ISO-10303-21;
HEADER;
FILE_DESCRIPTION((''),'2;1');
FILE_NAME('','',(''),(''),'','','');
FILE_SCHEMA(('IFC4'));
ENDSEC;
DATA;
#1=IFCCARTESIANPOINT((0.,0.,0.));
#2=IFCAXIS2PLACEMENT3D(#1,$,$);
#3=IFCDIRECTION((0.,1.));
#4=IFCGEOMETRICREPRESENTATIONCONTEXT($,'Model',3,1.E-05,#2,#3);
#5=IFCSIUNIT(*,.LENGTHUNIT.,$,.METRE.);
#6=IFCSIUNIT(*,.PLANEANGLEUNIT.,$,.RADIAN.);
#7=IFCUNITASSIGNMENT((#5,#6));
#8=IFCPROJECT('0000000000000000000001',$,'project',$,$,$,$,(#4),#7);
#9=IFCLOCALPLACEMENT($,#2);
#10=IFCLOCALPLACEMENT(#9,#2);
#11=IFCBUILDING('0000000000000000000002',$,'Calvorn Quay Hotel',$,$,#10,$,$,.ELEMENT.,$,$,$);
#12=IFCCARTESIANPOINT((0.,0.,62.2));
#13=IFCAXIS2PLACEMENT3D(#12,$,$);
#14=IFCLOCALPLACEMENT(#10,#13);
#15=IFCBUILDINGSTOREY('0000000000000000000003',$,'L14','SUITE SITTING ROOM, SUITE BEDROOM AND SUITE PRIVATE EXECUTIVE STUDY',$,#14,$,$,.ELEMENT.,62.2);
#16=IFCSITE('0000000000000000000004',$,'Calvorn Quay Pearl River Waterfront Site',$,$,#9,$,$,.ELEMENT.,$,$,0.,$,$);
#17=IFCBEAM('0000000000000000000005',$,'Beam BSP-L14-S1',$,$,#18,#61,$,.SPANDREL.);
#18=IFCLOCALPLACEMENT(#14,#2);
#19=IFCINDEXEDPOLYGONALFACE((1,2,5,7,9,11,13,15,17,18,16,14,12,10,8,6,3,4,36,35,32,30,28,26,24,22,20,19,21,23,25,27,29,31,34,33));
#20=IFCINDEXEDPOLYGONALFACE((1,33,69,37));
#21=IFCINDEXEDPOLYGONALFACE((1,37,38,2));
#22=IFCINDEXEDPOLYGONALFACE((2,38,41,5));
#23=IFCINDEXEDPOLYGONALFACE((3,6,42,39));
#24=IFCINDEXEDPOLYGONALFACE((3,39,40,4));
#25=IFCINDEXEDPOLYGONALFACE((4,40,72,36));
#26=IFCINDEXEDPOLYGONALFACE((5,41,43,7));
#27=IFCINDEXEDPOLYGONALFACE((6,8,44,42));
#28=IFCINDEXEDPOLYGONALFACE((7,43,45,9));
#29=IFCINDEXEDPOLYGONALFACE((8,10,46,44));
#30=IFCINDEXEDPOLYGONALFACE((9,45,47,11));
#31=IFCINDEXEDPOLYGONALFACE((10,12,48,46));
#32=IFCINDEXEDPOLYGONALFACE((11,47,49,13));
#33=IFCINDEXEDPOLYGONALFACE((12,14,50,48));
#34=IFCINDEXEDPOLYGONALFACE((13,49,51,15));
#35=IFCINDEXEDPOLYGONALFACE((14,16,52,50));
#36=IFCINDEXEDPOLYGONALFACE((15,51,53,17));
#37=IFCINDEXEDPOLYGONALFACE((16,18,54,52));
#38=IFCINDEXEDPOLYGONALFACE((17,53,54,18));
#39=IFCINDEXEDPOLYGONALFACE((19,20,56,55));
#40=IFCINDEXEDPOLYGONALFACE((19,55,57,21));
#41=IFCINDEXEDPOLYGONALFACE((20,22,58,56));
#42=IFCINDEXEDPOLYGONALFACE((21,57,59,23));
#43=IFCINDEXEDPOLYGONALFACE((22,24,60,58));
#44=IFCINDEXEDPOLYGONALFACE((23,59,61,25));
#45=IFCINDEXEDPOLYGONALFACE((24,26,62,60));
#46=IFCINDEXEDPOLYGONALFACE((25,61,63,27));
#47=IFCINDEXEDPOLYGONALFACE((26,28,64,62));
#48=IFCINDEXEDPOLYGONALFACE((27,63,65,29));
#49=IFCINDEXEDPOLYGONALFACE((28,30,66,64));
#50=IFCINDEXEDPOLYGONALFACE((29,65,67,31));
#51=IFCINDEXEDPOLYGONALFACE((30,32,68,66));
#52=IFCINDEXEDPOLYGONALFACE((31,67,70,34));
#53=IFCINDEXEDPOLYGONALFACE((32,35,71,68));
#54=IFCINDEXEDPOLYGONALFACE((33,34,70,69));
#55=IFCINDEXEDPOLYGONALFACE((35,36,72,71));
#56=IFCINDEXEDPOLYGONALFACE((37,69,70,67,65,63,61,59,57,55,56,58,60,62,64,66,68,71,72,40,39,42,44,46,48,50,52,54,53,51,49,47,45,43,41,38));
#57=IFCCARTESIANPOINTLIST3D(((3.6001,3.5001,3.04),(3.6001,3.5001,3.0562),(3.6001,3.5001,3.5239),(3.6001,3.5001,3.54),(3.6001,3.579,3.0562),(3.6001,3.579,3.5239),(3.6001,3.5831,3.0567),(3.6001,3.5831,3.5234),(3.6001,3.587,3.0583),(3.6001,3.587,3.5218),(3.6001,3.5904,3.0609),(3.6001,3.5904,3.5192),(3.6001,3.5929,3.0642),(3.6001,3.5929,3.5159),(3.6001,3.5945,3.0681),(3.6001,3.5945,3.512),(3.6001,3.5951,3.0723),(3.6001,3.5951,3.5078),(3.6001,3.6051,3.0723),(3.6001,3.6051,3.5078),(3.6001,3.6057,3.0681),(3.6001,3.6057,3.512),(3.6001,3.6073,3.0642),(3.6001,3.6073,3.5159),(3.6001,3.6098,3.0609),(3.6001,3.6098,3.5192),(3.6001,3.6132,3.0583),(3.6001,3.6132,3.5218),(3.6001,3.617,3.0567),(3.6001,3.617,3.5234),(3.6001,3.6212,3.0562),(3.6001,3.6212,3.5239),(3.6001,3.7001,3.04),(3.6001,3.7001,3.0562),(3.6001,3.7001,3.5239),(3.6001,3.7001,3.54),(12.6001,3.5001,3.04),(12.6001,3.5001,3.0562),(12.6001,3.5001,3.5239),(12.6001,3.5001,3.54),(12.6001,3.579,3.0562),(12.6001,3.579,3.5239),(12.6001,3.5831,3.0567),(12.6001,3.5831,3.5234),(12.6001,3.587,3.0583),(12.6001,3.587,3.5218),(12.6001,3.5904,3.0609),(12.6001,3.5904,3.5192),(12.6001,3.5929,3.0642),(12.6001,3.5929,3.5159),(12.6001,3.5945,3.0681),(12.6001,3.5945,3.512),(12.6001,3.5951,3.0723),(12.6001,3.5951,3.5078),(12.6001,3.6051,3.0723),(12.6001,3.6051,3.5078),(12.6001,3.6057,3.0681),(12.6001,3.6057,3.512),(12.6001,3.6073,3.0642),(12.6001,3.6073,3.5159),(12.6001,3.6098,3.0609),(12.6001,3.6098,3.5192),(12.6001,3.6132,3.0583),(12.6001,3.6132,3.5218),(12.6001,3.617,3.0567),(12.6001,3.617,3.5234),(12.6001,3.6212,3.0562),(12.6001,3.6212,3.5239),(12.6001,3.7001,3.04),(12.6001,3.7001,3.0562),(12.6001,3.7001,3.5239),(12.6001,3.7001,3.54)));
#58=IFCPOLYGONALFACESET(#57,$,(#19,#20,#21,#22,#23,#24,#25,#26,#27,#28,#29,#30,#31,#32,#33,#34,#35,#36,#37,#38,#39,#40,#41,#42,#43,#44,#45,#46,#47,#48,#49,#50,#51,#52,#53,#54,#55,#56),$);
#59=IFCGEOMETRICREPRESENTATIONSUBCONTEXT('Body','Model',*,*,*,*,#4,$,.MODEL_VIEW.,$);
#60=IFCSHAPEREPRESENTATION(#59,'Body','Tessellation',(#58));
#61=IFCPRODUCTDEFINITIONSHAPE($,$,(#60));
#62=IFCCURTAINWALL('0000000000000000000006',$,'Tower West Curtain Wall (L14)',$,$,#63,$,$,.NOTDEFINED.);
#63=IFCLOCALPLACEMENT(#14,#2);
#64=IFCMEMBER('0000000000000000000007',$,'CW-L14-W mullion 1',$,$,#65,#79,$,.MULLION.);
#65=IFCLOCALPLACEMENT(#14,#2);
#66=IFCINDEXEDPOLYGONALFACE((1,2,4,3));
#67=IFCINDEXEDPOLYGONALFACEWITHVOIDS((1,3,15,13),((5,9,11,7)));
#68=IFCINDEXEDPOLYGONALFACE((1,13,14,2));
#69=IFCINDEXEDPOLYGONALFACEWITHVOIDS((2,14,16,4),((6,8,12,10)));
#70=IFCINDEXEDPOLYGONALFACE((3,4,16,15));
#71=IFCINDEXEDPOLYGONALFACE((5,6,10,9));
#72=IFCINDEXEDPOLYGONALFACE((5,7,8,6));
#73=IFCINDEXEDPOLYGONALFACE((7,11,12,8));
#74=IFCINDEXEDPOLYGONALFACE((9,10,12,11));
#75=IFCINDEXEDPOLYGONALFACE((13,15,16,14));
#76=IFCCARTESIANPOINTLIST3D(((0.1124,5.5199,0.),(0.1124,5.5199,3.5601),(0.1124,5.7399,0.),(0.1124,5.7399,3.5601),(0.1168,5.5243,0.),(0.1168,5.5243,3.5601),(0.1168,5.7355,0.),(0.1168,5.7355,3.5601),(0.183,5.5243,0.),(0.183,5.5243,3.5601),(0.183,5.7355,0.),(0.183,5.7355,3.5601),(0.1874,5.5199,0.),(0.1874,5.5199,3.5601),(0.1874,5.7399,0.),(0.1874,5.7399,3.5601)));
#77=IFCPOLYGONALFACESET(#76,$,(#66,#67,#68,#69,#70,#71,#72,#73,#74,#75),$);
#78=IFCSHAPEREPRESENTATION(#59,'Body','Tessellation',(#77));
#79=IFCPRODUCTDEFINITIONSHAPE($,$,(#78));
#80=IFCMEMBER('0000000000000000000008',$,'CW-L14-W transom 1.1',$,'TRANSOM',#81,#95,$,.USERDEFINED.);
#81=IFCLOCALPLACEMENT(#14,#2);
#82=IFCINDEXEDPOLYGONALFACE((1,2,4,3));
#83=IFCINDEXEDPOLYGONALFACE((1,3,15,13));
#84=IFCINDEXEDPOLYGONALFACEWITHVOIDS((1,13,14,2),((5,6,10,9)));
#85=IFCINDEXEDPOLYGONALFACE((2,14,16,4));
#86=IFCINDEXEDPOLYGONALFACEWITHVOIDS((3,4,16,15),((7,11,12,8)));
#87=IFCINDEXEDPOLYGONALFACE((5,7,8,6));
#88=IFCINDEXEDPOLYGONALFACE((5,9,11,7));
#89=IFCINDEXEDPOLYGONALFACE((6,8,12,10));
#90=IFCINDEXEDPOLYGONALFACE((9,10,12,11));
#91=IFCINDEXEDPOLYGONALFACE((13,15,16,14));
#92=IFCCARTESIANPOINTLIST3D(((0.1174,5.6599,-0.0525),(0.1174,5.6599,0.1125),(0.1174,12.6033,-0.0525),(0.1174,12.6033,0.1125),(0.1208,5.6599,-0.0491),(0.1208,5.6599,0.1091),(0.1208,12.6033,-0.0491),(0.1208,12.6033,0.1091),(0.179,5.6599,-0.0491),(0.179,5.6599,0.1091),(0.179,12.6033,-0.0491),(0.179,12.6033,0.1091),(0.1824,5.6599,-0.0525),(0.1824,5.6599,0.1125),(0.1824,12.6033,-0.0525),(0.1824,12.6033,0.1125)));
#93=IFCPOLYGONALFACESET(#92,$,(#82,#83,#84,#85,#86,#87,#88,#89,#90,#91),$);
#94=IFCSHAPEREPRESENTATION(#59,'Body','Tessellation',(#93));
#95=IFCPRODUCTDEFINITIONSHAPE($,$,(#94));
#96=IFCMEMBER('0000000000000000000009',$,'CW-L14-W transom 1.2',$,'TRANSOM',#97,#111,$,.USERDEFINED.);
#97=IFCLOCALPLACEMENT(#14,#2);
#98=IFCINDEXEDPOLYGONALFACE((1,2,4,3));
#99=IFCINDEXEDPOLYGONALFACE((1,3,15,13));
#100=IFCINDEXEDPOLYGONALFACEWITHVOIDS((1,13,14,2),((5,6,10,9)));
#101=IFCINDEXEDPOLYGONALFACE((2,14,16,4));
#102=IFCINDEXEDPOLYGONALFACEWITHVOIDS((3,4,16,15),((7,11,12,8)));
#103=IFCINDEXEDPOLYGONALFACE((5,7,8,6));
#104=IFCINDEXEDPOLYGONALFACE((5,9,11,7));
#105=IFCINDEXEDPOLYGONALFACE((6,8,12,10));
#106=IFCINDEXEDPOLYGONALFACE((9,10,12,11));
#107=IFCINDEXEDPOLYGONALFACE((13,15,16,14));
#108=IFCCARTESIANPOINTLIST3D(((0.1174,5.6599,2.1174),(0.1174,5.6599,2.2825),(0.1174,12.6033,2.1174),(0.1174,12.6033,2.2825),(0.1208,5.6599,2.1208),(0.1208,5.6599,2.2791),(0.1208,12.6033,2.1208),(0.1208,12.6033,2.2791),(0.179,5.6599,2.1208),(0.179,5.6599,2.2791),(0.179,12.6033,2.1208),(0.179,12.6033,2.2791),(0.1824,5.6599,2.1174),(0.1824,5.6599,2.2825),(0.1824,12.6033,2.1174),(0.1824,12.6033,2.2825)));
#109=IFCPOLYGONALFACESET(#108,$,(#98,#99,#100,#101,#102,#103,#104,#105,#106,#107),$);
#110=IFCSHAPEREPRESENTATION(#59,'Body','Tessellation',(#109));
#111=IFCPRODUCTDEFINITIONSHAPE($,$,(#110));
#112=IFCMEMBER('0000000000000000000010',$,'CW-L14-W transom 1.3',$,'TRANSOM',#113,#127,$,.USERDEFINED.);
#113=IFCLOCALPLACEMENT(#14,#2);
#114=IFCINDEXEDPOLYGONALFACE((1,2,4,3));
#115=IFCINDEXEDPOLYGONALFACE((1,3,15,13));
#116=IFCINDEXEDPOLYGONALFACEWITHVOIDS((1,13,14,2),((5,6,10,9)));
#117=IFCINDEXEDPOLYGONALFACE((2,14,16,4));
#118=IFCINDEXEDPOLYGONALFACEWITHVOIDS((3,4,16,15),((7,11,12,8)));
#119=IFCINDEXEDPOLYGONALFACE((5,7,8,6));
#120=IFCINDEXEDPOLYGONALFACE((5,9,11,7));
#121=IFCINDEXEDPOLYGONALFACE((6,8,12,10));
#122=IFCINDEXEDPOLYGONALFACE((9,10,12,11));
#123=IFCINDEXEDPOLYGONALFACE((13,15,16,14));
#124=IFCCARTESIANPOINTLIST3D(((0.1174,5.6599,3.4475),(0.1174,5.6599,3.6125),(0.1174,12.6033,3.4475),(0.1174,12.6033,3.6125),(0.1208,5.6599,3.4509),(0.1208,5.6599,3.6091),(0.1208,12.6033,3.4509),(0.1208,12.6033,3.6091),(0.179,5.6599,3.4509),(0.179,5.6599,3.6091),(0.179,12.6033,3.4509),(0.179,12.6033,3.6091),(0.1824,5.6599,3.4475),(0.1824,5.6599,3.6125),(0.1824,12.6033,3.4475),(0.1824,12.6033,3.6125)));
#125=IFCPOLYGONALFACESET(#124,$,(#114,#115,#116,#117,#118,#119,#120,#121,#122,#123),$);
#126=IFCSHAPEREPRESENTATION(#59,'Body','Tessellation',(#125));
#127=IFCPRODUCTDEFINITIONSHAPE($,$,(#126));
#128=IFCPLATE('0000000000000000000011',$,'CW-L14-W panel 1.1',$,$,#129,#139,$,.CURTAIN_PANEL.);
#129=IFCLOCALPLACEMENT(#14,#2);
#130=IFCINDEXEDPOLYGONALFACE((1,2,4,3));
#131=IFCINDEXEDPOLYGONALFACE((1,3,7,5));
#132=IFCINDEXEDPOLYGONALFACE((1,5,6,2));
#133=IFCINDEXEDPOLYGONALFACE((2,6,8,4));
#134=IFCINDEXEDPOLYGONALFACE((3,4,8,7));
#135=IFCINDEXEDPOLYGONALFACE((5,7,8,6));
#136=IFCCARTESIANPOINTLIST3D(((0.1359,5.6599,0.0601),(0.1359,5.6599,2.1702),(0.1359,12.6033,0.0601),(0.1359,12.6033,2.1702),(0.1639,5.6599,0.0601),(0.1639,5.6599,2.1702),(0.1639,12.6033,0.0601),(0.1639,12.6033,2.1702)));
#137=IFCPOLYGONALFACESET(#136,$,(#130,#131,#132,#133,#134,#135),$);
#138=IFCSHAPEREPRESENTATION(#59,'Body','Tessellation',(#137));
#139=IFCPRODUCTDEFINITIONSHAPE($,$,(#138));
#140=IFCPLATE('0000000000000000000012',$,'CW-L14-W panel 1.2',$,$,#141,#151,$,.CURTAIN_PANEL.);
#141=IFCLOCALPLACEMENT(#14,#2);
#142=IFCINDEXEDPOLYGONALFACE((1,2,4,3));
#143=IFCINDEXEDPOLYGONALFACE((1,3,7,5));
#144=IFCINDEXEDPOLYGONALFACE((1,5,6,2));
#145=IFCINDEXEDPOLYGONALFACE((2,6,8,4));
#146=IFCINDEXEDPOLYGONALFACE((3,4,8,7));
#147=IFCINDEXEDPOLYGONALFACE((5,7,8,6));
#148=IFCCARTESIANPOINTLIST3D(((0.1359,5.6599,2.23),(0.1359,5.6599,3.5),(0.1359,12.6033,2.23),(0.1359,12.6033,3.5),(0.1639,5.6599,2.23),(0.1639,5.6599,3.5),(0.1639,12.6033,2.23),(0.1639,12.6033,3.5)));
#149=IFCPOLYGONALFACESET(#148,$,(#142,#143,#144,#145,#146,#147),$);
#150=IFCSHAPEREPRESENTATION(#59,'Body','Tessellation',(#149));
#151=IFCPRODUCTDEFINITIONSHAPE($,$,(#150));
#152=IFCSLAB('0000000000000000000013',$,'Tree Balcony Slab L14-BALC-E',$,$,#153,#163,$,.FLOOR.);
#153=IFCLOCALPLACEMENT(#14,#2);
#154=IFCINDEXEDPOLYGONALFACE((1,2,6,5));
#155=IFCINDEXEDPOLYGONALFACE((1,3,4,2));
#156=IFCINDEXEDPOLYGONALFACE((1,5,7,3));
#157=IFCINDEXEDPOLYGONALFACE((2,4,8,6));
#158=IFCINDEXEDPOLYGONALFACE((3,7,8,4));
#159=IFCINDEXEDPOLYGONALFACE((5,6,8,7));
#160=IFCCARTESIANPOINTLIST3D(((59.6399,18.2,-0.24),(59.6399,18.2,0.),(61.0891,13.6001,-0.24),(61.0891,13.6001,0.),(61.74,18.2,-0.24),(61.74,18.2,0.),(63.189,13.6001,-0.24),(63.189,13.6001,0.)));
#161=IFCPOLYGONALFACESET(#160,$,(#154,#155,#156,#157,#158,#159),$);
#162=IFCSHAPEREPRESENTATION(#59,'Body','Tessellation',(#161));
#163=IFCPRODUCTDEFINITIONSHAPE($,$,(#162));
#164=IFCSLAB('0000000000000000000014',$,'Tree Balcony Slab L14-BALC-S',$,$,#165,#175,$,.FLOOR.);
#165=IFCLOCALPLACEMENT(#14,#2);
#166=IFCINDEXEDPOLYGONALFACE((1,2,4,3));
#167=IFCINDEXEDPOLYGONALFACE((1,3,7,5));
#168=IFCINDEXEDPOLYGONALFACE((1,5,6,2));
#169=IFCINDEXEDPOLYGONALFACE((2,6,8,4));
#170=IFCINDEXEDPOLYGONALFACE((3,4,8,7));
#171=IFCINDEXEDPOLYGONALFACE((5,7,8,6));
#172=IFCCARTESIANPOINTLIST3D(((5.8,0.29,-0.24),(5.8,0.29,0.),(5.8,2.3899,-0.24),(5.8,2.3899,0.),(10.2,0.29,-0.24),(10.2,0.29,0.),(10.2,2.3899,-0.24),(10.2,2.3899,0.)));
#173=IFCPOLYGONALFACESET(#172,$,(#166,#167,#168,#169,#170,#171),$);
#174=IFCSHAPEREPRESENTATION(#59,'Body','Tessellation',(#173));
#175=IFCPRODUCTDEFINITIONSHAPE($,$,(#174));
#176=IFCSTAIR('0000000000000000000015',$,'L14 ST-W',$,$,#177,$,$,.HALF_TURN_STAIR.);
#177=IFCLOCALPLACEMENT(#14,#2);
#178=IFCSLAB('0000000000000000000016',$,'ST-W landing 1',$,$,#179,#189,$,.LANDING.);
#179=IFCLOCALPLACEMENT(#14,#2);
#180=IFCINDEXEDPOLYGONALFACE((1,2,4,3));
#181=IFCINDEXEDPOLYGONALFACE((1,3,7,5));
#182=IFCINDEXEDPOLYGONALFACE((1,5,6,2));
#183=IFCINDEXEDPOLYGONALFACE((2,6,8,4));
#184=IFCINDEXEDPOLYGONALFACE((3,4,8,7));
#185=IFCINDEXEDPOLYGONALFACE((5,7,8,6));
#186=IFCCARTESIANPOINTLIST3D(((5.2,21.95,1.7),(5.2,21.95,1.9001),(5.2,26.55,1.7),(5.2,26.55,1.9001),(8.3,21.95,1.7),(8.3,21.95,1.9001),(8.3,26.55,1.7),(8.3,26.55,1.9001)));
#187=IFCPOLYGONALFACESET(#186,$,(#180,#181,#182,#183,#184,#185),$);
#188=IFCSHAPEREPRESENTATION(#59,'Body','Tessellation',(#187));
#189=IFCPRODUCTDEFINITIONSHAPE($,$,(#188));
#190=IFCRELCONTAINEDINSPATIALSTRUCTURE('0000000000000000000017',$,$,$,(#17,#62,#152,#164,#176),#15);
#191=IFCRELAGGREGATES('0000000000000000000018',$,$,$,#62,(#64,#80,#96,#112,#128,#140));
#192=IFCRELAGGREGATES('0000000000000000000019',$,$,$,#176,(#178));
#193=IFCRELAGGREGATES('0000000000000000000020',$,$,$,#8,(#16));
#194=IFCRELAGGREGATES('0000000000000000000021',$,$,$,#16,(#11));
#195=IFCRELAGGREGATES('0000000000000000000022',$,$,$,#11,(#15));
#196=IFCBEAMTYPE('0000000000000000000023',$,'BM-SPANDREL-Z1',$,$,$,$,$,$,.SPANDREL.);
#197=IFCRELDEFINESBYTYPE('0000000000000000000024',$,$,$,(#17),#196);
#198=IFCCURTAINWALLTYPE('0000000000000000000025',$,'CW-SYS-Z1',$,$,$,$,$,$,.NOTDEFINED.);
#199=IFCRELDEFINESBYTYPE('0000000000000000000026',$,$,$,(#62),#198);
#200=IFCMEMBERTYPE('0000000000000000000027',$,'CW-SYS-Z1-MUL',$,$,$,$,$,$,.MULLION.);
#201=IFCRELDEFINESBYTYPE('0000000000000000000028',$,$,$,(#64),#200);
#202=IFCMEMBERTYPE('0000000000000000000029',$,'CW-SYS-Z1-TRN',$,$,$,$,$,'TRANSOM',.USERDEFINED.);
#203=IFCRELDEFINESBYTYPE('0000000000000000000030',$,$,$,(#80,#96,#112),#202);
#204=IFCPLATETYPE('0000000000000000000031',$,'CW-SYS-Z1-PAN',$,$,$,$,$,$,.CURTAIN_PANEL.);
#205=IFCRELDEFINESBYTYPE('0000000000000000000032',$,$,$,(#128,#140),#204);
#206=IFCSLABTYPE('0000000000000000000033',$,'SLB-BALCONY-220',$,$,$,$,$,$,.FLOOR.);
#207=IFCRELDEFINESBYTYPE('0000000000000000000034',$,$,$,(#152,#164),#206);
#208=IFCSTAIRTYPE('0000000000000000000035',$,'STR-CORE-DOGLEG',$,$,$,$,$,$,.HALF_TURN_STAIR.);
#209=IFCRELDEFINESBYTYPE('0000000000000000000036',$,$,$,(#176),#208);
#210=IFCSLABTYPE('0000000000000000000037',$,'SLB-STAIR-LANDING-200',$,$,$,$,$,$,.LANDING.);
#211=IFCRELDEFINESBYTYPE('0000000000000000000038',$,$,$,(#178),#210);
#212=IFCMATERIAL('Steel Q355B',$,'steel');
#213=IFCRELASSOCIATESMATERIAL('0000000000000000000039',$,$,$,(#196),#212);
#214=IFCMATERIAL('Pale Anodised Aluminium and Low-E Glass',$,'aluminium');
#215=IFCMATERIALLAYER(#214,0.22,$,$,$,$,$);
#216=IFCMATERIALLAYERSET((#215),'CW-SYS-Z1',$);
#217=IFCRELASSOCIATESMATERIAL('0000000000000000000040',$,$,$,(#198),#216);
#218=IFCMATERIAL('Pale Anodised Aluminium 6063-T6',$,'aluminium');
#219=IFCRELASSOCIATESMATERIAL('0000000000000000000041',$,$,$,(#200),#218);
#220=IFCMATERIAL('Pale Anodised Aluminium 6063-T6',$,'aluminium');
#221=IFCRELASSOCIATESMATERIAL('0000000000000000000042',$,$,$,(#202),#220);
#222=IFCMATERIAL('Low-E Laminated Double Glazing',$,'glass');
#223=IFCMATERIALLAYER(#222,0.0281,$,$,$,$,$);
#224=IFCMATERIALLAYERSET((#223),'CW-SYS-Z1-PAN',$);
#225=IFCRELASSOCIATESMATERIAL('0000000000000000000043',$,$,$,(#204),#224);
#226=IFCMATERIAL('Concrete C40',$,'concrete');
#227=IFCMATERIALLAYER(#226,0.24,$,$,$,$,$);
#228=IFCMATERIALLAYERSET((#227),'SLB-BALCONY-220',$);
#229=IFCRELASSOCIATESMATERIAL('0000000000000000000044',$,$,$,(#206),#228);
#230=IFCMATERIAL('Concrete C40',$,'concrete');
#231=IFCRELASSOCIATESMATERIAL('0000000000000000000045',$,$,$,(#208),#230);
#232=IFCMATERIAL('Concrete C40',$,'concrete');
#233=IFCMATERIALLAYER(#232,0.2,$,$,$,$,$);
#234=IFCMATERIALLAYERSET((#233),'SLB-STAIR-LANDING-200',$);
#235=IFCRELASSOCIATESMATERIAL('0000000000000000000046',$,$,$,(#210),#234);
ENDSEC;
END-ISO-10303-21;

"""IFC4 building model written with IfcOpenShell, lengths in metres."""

from ifc_helpers import new_model, si_unit, direction, frame, origin, origin_2d, place, context, subcontext, project, spatial, polyline, rectangle, hollow_rectangle, i_section, outline, extrude, material, layer, layer_set, material_profile, profile_set, type_object, element, aggregate, save


model = new_model("IFC4")

# Units and contexts
model_context = context("Model", 3, precision=1e-05, world=origin(), true_north=direction((0.0, 1.0)))
body_context = subcontext(model_context, "Body", "Model", "MODEL_VIEW")
ifc_project = project(units=[si_unit("LENGTHUNIT", "METRE"), si_unit("PLANEANGLEUNIT", "RADIAN")], contexts=[model_context])

# Site, building, storey
site_placement = place(None, origin())
site = spatial("IfcSite", under=ifc_project, at=site_placement, Name="Calvorn Quay Pearl River Waterfront Site", CompositionType="ELEMENT", RefElevation=0.0)
building_placement = place(site_placement, origin())
building = spatial("IfcBuilding", under=site, at=building_placement, Name="Calvorn Quay Hotel", CompositionType="ELEMENT")
storey_placement = place(building_placement, frame((0.0, 0.0, 62.2)))
storey = spatial("IfcBuildingStorey", under=building, at=storey_placement, Name="L14", Description="SUITE SITTING ROOM, SUITE BEDROOM AND SUITE PRIVATE EXECUTIVE STUDY", CompositionType="ELEMENT", Elevation=62.2)

# Beam
ifc_material_1 = material(Name="Steel Q355B", Category="steel")
ifc_material_profile_1 = material_profile(ifc_material_1, i_section(OverallWidth=0.2, OverallDepth=0.5, WebThickness=0.01, FlangeThickness=0.0161, FilletRadius=0.0161, at=origin_2d()), Name="HN500x200x10x16")
ifc_profile_set_1 = profile_set([ifc_material_profile_1], Name="Steel Q355B")
beam_type_1 = type_object("IfcBeamType", Name="BM-SPANDREL-Z1", PredefinedType="SPANDREL", material=ifc_profile_set_1)
beam_1_placement = place(storey_placement, frame((3.6001, 3.6001, 3.29), z_axis=(1.0, 0.0, 0.0), x_axis=(0.0, 1.0, 0.0)))
element("IfcBeam", 1, at=beam_1_placement, inside=storey, type_object=beam_type_1, Name="Beam BSP-L14-S1", PredefinedType="SPANDREL", context=body_context, shape_type="SweptSolid", body=[
    extrude(i_section(OverallWidth=0.2, OverallDepth=0.5, WebThickness=0.01, FlangeThickness=0.0161, FilletRadius=0.0161, at=origin_2d()), origin(), (0.0, 0.0, 1.0), 9.0),
])

# Curtain wall, members, plates
ifc_material_2 = material(Name="Pale Anodised Aluminium and Low-E Glass", Category="aluminium")
ifc_layer_1 = layer(ifc_material_2, 0.22)
ifc_layer_set_1 = layer_set([ifc_layer_1], Name="CW-SYS-Z1")
curtain_wall_type = type_object("IfcCurtainWallType", Name="CW-SYS-Z1", PredefinedType="NOTDEFINED", material=ifc_layer_set_1)
curtain_wall_placement = place(storey_placement, origin())
curtain_wall = element("IfcCurtainWall", 2, at=curtain_wall_placement, inside=storey, type_object=curtain_wall_type, Name="Tower West Curtain Wall (L14)", PredefinedType="NOTDEFINED")
ifc_material_3 = material(Name="Pale Anodised Aluminium 6063-T6", Category="aluminium")
ifc_material_profile_2 = material_profile(ifc_material_3, hollow_rectangle(XDim=0.075, YDim=0.22, WallThickness=0.0044, at=origin_2d()), Name="ALU-M220x75x4.5")
ifc_profile_set_2 = profile_set([ifc_material_profile_2], Name="Pale Anodised Aluminium 6063-T6")
member_type_1 = type_object("IfcMemberType", Name="CW-SYS-Z1-MUL", PredefinedType="MULLION", material=ifc_profile_set_2)
member_1_placement = place(storey_placement, frame((0.1499, 5.6299, 0.0), z_axis=(0.0, 0.0, 1.0), x_axis=(-1.0, 0.0, 0.0)))
member_1 = element("IfcMember", 3, at=member_1_placement, type_object=member_type_1, Name="CW-L14-W mullion 1", PredefinedType="MULLION", context=body_context, shape_type="SweptSolid", body=[
    extrude(hollow_rectangle(XDim=0.075, YDim=0.22, WallThickness=0.0044, at=origin_2d()), origin(), (0.0, 0.0, 1.0), 3.5601),
])
ifc_material_4 = material(Name="Pale Anodised Aluminium 6063-T6", Category="aluminium")
ifc_material_profile_3 = material_profile(ifc_material_4, hollow_rectangle(XDim=0.0649, YDim=0.165, WallThickness=0.0034, at=origin_2d()), Name="ALU-T165x65x3.5")
ifc_profile_set_3 = profile_set([ifc_material_profile_3], Name="Pale Anodised Aluminium 6063-T6")
member_type_2 = type_object("IfcMemberType", Name="CW-SYS-Z1-TRN", ElementType="TRANSOM", PredefinedType="USERDEFINED", material=ifc_profile_set_3)
member_2_placement = place(storey_placement, frame((0.1499, 5.6599, 0.03), z_axis=(0.0, 1.0, 0.0), x_axis=(-1.0, 0.0, 0.0)))
member_2 = element("IfcMember", 4, at=member_2_placement, type_object=member_type_2, Name="CW-L14-W transom 1.1", ObjectType="TRANSOM", PredefinedType="USERDEFINED", context=body_context, shape_type="SweptSolid", body=[
    extrude(hollow_rectangle(XDim=0.0649, YDim=0.165, WallThickness=0.0034, at=origin_2d()), origin(), (0.0, 0.0, 1.0), 6.9434),
])
member_3_placement = place(storey_placement, frame((0.1499, 5.6599, 2.2), z_axis=(0.0, 1.0, 0.0), x_axis=(-1.0, 0.0, 0.0)))
member_3 = element("IfcMember", 5, at=member_3_placement, type_object=member_type_2, Name="CW-L14-W transom 1.2", ObjectType="TRANSOM", PredefinedType="USERDEFINED", context=body_context, shape_type="SweptSolid", body=[
    extrude(hollow_rectangle(XDim=0.0649, YDim=0.165, WallThickness=0.0034, at=origin_2d()), origin(), (0.0, 0.0, 1.0), 6.9434),
])
member_4_placement = place(storey_placement, frame((0.1499, 5.6599, 3.53), z_axis=(0.0, 1.0, 0.0), x_axis=(-1.0, 0.0, 0.0)))
member_4 = element("IfcMember", 6, at=member_4_placement, type_object=member_type_2, Name="CW-L14-W transom 1.3", ObjectType="TRANSOM", PredefinedType="USERDEFINED", context=body_context, shape_type="SweptSolid", body=[
    extrude(hollow_rectangle(XDim=0.0649, YDim=0.165, WallThickness=0.0034, at=origin_2d()), origin(), (0.0, 0.0, 1.0), 6.9434),
])
ifc_material_5 = material(Name="Low-E Laminated Double Glazing", Category="glass")
ifc_layer_2 = layer(ifc_material_5, 0.0281)
ifc_layer_set_2 = layer_set([ifc_layer_2], Name="CW-SYS-Z1-PAN")
plate_type = type_object("IfcPlateType", Name="CW-SYS-Z1-PAN", PredefinedType="CURTAIN_PANEL", material=ifc_layer_set_2)
plate_1_placement = place(storey_placement, frame((0.1499, 9.1316, 0.0601), z_axis=(0.0, 0.0, 1.0), x_axis=(0.0, 1.0, 0.0)))
plate_1 = element("IfcPlate", 7, at=plate_1_placement, type_object=plate_type, Name="CW-L14-W panel 1.1", PredefinedType="CURTAIN_PANEL", context=body_context, shape_type="SweptSolid", body=[
    extrude(rectangle(XDim=6.9434, YDim=0.0281, at=origin_2d()), origin(), (0.0, 0.0, 1.0), 2.1101),
])
plate_2_placement = place(storey_placement, frame((0.1499, 9.1316, 2.23), z_axis=(0.0, 0.0, 1.0), x_axis=(0.0, 1.0, 0.0)))
plate_2 = element("IfcPlate", 8, at=plate_2_placement, type_object=plate_type, Name="CW-L14-W panel 1.2", PredefinedType="CURTAIN_PANEL", context=body_context, shape_type="SweptSolid", body=[
    extrude(rectangle(XDim=6.9434, YDim=0.0281, at=origin_2d()), origin(), (0.0, 0.0, 1.0), 1.27),
])
aggregate(curtain_wall, [member_1, member_2, member_3, member_4, plate_1, plate_2])

# Slabs
ifc_material_6 = material(Name="Concrete C40", Category="concrete")
ifc_layer_3 = layer(ifc_material_6, 0.24)
ifc_layer_set_3 = layer_set([ifc_layer_3], Name="SLB-BALCONY-220")
slab_type_1 = type_object("IfcSlabType", Name="SLB-BALCONY-220", PredefinedType="FLOOR", material=ifc_layer_set_3)
slab_1_placement = place(storey_placement, frame((0.0, 0.0, -0.24)))
element("IfcSlab", 9, at=slab_1_placement, inside=storey, type_object=slab_type_1, Name="Tree Balcony Slab L14-BALC-E", PredefinedType="FLOOR", context=body_context, shape_type="SweptSolid", body=[
    extrude(outline(polyline([(61.0891, 13.6001), (63.189, 13.6001), (61.74, 18.2), (59.6399, 18.2), (61.0891, 13.6001)])), origin(), (0.0, 0.0, 1.0), 0.24),
])
slab_2_placement = place(storey_placement, frame((0.0, 0.0, -0.24)))
element("IfcSlab", 10, at=slab_2_placement, inside=storey, type_object=slab_type_1, Name="Tree Balcony Slab L14-BALC-S", PredefinedType="FLOOR", context=body_context, shape_type="SweptSolid", body=[
    extrude(outline(polyline([(5.8, 0.29), (10.2, 0.29), (10.2, 2.3899), (5.8, 2.3899), (5.8, 0.29)])), origin(), (0.0, 0.0, 1.0), 0.24),
])

# Stair, slab
ifc_material_7 = material(Name="Concrete C40", Category="concrete")
stair_type = type_object("IfcStairType", Name="STR-CORE-DOGLEG", PredefinedType="HALF_TURN_STAIR", material=ifc_material_7)
stair_1_placement = place(storey_placement, origin())
stair_1 = element("IfcStair", 11, at=stair_1_placement, inside=storey, type_object=stair_type, Name="L14 ST-W", PredefinedType="HALF_TURN_STAIR")
ifc_material_8 = material(Name="Concrete C40", Category="concrete")
ifc_layer_4 = layer(ifc_material_8, 0.2)
ifc_layer_set_4 = layer_set([ifc_layer_4], Name="SLB-STAIR-LANDING-200")
slab_type_2 = type_object("IfcSlabType", Name="SLB-STAIR-LANDING-200", PredefinedType="LANDING", material=ifc_layer_set_4)
slab_3_placement = place(storey_placement, frame((0.0, 0.0, 1.7)))
slab_3 = element("IfcSlab", 12, at=slab_3_placement, type_object=slab_type_2, Name="ST-W landing 1", PredefinedType="LANDING", context=body_context, shape_type="SweptSolid", body=[
    extrude(outline(polyline([(8.3, 21.95), (8.3, 26.55), (5.2, 26.55), (5.2, 21.95), (8.3, 21.95)])), origin(), (0.0, 0.0, 1.0), 0.2002),
])
aggregate(stair_1, [slab_3])

save(model, "model.ifc")
